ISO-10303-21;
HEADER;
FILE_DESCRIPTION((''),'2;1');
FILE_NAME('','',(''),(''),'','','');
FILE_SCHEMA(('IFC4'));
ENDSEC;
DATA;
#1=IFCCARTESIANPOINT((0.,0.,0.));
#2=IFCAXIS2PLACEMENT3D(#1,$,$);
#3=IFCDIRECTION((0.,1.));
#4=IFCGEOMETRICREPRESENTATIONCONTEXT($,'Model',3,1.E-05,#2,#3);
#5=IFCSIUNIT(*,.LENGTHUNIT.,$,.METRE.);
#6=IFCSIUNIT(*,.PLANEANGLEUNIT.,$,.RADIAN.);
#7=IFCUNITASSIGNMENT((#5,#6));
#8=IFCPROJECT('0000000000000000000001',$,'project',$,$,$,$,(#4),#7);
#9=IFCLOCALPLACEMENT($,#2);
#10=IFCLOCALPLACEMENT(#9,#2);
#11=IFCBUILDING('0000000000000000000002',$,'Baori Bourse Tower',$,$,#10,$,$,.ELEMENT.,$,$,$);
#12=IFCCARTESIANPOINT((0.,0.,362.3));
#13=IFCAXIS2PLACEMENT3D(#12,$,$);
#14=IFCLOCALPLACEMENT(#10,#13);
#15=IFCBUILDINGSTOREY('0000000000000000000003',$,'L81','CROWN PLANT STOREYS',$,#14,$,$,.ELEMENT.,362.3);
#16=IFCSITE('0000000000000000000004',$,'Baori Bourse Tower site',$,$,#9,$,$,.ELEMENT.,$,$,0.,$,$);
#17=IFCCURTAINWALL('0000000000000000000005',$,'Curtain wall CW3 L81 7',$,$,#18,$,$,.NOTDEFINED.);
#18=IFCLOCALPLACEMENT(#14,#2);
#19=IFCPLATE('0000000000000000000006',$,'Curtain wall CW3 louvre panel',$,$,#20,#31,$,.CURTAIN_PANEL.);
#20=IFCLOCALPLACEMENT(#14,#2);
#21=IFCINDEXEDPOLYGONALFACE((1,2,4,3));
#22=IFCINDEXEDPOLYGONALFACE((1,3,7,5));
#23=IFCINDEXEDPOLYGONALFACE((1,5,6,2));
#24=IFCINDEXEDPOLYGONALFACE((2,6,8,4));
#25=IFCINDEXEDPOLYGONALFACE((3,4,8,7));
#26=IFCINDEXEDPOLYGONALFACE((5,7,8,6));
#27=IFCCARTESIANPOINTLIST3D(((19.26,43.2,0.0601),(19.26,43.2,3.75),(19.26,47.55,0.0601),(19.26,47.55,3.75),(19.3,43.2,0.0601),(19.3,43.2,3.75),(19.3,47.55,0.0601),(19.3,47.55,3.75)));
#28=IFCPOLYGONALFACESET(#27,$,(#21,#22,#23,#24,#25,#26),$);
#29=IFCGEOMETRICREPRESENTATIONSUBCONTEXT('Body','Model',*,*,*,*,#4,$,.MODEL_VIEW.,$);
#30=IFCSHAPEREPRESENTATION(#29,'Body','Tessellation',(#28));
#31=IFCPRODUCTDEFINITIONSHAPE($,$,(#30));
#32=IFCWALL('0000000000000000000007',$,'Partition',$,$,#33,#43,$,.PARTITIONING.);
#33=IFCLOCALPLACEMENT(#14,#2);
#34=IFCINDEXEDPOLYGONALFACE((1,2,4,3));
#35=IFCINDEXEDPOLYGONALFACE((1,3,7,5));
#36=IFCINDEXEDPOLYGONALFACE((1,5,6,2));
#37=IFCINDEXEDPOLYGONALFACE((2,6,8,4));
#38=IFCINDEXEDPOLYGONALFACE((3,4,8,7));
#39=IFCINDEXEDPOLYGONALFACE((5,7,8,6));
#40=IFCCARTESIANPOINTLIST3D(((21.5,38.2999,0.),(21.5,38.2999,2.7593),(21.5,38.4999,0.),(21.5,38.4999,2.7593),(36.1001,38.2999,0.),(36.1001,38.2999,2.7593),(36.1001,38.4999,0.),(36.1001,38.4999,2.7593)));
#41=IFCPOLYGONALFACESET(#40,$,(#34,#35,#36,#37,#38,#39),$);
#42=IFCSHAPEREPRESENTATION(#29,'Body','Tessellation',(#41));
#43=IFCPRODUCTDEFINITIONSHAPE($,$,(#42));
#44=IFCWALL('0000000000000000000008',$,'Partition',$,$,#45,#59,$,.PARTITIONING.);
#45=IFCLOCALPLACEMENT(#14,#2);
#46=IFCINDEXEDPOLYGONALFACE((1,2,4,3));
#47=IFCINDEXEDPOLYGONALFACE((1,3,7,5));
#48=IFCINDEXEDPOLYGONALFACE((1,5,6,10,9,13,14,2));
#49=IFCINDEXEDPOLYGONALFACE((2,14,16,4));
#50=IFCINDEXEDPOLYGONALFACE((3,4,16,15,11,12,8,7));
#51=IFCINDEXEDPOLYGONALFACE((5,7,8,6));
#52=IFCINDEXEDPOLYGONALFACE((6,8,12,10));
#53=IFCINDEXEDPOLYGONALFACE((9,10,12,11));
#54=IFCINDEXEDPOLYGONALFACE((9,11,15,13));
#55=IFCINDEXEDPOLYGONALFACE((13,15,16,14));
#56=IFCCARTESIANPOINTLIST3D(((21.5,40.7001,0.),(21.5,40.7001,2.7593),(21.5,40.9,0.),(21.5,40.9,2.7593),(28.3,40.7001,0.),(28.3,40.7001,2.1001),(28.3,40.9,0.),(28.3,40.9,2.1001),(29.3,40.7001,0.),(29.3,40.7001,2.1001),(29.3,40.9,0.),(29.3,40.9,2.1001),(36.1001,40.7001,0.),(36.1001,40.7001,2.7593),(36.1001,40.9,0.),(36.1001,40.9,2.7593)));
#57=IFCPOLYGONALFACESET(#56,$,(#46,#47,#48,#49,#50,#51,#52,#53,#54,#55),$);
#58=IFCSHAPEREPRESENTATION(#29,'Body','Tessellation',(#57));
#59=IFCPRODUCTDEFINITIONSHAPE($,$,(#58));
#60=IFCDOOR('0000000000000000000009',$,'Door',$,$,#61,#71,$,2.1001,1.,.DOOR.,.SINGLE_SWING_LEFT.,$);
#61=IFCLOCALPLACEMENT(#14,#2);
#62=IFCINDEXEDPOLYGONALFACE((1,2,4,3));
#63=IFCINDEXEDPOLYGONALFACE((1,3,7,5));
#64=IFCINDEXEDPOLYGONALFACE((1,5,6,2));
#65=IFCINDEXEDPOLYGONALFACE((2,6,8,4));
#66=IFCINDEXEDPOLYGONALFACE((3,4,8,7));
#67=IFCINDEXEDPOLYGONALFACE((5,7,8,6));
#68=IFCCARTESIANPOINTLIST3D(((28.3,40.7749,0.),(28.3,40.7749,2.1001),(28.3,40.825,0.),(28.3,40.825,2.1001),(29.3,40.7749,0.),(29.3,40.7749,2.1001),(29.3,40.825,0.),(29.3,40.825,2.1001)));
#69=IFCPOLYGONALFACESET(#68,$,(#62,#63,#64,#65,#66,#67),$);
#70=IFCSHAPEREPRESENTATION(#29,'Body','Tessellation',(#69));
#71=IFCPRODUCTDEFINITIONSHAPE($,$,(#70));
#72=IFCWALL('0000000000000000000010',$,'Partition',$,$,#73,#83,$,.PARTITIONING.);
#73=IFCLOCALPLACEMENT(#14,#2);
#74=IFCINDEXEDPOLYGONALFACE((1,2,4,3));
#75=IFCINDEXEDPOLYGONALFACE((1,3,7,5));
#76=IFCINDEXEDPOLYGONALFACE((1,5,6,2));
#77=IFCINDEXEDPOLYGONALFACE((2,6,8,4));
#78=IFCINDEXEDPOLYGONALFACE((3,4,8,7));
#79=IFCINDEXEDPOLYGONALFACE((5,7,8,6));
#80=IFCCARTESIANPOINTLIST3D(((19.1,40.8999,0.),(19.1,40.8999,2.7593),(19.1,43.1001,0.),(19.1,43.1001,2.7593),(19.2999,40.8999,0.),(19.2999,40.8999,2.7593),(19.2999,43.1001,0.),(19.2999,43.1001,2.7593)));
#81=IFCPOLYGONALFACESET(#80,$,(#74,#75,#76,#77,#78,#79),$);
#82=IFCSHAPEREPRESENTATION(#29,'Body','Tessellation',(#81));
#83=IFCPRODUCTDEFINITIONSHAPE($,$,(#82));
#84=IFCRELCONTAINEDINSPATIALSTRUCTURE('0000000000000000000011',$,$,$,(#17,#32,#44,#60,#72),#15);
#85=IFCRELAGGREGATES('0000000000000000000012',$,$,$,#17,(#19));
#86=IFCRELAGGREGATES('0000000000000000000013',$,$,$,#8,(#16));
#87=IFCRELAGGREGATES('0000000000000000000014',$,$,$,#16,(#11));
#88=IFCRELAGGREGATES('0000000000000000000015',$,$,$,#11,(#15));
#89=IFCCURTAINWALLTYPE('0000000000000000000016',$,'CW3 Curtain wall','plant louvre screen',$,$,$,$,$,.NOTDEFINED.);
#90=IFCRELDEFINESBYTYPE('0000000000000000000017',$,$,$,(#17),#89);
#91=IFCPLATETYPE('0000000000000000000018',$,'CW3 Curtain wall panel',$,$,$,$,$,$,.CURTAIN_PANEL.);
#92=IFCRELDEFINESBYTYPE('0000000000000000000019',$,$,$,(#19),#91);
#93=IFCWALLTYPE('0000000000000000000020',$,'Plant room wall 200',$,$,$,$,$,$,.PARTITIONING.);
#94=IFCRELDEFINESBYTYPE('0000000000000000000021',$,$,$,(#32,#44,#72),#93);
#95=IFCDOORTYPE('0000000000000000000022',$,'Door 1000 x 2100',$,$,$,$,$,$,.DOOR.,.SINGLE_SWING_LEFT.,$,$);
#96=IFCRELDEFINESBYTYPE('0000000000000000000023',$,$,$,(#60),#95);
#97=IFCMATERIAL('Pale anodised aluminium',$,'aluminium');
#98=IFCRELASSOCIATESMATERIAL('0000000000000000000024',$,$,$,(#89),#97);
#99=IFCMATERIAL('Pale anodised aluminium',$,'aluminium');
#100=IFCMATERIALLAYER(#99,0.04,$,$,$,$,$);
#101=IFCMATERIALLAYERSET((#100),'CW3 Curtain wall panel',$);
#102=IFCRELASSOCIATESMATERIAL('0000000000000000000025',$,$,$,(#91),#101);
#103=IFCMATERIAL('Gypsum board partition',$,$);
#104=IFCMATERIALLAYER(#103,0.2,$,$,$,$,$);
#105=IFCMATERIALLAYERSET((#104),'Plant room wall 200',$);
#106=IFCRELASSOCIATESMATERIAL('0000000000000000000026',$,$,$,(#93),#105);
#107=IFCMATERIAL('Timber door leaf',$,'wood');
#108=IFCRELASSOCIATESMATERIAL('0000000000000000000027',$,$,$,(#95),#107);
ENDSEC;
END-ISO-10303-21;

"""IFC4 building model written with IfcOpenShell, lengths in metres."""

from ifc_helpers import new_model, si_unit, direction, frame, frame_2d, origin, origin_2d, place, context, subcontext, project, spatial, rectangle, extrude, material, layer, layer_set, type_object, element, fill, aggregate, save


model = new_model("IFC4")

# Units and contexts
model_context = context("Model", 3, precision=1e-05, world=origin(), true_north=direction((0.0, 1.0)))
body_context = subcontext(model_context, "Body", "Model", "MODEL_VIEW")
ifc_project = project(units=[si_unit("LENGTHUNIT", "METRE"), si_unit("PLANEANGLEUNIT", "RADIAN")], contexts=[model_context])

# Site, building, storey
site_placement = place(None, origin())
site = spatial("IfcSite", under=ifc_project, at=site_placement, Name="Baori Bourse Tower site", CompositionType="ELEMENT", RefElevation=0.0)
building_placement = place(site_placement, origin())
building = spatial("IfcBuilding", under=site, at=building_placement, Name="Baori Bourse Tower", CompositionType="ELEMENT")
storey_placement = place(building_placement, frame((0.0, 0.0, 362.3)))
storey = spatial("IfcBuildingStorey", under=building, at=storey_placement, Name="L81", Description="CROWN PLANT STOREYS", CompositionType="ELEMENT", Elevation=362.3)

# Curtain wall
ifc_material_1 = material(Name="Pale anodised aluminium", Category="aluminium")
curtain_wall_type = type_object("IfcCurtainWallType", Name="CW3 Curtain wall", Description="plant louvre screen", PredefinedType="NOTDEFINED", material=ifc_material_1)
curtain_wall_1_placement = place(storey_placement, origin())
curtain_wall_1 = element("IfcCurtainWall", 1, at=curtain_wall_1_placement, inside=storey, type_object=curtain_wall_type, Name="Curtain wall CW3 L81 7", PredefinedType="NOTDEFINED")

# Plate
ifc_material_2 = material(Name="Pale anodised aluminium", Category="aluminium")
ifc_layer_1 = layer(ifc_material_2, 0.04)
ifc_layer_set_1 = layer_set([ifc_layer_1], Name="CW3 Curtain wall panel")
plate_type = type_object("IfcPlateType", Name="CW3 Curtain wall panel", PredefinedType="CURTAIN_PANEL", material=ifc_layer_set_1)
plate_placement = place(storey_placement, frame((19.28, 45.375, 0.0601), z_axis=(0.0, 0.0, 1.0), x_axis=(0.0, -1.0, 0.0)))
plate = element("IfcPlate", 2, at=plate_placement, type_object=plate_type, Name="Curtain wall CW3 louvre panel", PredefinedType="CURTAIN_PANEL", context=body_context, shape_type="SweptSolid", body=[
    extrude(rectangle(XDim=4.3501, YDim=0.04, at=origin_2d()), origin(), (0.0, 0.0, 1.0), 3.6899),
])
aggregate(curtain_wall_1, [plate])

# Wall
ifc_material_3 = material(Name="Gypsum board partition")
ifc_layer_2 = layer(ifc_material_3, 0.2)
ifc_layer_set_2 = layer_set([ifc_layer_2], Name="Plant room wall 200")
wall_type = type_object("IfcWallType", Name="Plant room wall 200", PredefinedType="PARTITIONING", material=ifc_layer_set_2)
wall_1_placement = place(storey_placement, frame((21.5, 38.3999, 0.0), z_axis=(0.0, 0.0, 1.0), x_axis=(1.0, 0.0, 0.0)))
element("IfcWall", 3, at=wall_1_placement, inside=storey, type_object=wall_type, Name="Partition", PredefinedType="PARTITIONING", context=body_context, shape_type="SweptSolid", body=[
    extrude(rectangle(XDim=14.6001, YDim=0.2, at=frame_2d((7.3, 0.0))), origin(), (0.0, 0.0, 1.0), 2.7593),
])

# Wall, opening, door
wall_2_placement = place(storey_placement, frame((21.5, 40.8, 0.0), z_axis=(0.0, 0.0, 1.0), x_axis=(1.0, 0.0, 0.0)))
wall_2 = element("IfcWall", 4, at=wall_2_placement, inside=storey, type_object=wall_type, Name="Partition", PredefinedType="PARTITIONING", context=body_context, shape_type="SweptSolid", body=[
    extrude(rectangle(XDim=14.6001, YDim=0.2, at=frame_2d((7.3, 0.0))), origin(), (0.0, 0.0, 1.0), 2.7593),
])
opening_placement = place(wall_2_placement, frame((6.8, 0.0, 0.0)))
opening = element("IfcOpeningElement", 5, at=opening_placement, cuts=wall_2, PredefinedType="OPENING", context=body_context, shape_type="SweptSolid", body=[
    extrude(rectangle(XDim=1.0, YDim=2.1001, at=frame_2d((0.5, 1.05))), frame((0.0, 0.1099, 0.0), z_axis=(0.0, -1.0, 0.0), x_axis=(1.0, 0.0, 0.0)), (0.0, 0.0, 1.0), 0.22),
])
ifc_material_4 = material(Name="Timber door leaf", Category="wood")
door_type = type_object("IfcDoorType", Name="Door 1000 x 2100", OperationType="SINGLE_SWING_LEFT", PredefinedType="DOOR", material=ifc_material_4)
door_placement = place(opening_placement, origin())
door = element("IfcDoor", 6, at=door_placement, inside=storey, type_object=door_type, Name="Door", OperationType="SINGLE_SWING_LEFT", OverallHeight=2.1001, OverallWidth=1.0, PredefinedType="DOOR", context=body_context, shape_type="SweptSolid", body=[
    extrude(rectangle(XDim=1.0, YDim=2.1001, at=frame_2d((0.5, 1.05))), frame((0.0, 0.0249, 0.0), z_axis=(0.0, -1.0, 0.0), x_axis=(1.0, 0.0, 0.0)), (0.0, 0.0, 1.0), 0.05),
])
fill(opening, door)

# Wall
wall_3_placement = place(storey_placement, frame((19.2, 40.8999, 0.0), z_axis=(0.0, 0.0, 1.0), x_axis=(0.0, 1.0, 0.0)))
element("IfcWall", 7, at=wall_3_placement, inside=storey, type_object=wall_type, Name="Partition", PredefinedType="PARTITIONING", context=body_context, shape_type="SweptSolid", body=[
    extrude(rectangle(XDim=2.2002, YDim=0.2, at=frame_2d((1.1001, 0.0))), origin(), (0.0, 0.0, 1.0), 2.7593),
])

save(model, "model.ifc")
